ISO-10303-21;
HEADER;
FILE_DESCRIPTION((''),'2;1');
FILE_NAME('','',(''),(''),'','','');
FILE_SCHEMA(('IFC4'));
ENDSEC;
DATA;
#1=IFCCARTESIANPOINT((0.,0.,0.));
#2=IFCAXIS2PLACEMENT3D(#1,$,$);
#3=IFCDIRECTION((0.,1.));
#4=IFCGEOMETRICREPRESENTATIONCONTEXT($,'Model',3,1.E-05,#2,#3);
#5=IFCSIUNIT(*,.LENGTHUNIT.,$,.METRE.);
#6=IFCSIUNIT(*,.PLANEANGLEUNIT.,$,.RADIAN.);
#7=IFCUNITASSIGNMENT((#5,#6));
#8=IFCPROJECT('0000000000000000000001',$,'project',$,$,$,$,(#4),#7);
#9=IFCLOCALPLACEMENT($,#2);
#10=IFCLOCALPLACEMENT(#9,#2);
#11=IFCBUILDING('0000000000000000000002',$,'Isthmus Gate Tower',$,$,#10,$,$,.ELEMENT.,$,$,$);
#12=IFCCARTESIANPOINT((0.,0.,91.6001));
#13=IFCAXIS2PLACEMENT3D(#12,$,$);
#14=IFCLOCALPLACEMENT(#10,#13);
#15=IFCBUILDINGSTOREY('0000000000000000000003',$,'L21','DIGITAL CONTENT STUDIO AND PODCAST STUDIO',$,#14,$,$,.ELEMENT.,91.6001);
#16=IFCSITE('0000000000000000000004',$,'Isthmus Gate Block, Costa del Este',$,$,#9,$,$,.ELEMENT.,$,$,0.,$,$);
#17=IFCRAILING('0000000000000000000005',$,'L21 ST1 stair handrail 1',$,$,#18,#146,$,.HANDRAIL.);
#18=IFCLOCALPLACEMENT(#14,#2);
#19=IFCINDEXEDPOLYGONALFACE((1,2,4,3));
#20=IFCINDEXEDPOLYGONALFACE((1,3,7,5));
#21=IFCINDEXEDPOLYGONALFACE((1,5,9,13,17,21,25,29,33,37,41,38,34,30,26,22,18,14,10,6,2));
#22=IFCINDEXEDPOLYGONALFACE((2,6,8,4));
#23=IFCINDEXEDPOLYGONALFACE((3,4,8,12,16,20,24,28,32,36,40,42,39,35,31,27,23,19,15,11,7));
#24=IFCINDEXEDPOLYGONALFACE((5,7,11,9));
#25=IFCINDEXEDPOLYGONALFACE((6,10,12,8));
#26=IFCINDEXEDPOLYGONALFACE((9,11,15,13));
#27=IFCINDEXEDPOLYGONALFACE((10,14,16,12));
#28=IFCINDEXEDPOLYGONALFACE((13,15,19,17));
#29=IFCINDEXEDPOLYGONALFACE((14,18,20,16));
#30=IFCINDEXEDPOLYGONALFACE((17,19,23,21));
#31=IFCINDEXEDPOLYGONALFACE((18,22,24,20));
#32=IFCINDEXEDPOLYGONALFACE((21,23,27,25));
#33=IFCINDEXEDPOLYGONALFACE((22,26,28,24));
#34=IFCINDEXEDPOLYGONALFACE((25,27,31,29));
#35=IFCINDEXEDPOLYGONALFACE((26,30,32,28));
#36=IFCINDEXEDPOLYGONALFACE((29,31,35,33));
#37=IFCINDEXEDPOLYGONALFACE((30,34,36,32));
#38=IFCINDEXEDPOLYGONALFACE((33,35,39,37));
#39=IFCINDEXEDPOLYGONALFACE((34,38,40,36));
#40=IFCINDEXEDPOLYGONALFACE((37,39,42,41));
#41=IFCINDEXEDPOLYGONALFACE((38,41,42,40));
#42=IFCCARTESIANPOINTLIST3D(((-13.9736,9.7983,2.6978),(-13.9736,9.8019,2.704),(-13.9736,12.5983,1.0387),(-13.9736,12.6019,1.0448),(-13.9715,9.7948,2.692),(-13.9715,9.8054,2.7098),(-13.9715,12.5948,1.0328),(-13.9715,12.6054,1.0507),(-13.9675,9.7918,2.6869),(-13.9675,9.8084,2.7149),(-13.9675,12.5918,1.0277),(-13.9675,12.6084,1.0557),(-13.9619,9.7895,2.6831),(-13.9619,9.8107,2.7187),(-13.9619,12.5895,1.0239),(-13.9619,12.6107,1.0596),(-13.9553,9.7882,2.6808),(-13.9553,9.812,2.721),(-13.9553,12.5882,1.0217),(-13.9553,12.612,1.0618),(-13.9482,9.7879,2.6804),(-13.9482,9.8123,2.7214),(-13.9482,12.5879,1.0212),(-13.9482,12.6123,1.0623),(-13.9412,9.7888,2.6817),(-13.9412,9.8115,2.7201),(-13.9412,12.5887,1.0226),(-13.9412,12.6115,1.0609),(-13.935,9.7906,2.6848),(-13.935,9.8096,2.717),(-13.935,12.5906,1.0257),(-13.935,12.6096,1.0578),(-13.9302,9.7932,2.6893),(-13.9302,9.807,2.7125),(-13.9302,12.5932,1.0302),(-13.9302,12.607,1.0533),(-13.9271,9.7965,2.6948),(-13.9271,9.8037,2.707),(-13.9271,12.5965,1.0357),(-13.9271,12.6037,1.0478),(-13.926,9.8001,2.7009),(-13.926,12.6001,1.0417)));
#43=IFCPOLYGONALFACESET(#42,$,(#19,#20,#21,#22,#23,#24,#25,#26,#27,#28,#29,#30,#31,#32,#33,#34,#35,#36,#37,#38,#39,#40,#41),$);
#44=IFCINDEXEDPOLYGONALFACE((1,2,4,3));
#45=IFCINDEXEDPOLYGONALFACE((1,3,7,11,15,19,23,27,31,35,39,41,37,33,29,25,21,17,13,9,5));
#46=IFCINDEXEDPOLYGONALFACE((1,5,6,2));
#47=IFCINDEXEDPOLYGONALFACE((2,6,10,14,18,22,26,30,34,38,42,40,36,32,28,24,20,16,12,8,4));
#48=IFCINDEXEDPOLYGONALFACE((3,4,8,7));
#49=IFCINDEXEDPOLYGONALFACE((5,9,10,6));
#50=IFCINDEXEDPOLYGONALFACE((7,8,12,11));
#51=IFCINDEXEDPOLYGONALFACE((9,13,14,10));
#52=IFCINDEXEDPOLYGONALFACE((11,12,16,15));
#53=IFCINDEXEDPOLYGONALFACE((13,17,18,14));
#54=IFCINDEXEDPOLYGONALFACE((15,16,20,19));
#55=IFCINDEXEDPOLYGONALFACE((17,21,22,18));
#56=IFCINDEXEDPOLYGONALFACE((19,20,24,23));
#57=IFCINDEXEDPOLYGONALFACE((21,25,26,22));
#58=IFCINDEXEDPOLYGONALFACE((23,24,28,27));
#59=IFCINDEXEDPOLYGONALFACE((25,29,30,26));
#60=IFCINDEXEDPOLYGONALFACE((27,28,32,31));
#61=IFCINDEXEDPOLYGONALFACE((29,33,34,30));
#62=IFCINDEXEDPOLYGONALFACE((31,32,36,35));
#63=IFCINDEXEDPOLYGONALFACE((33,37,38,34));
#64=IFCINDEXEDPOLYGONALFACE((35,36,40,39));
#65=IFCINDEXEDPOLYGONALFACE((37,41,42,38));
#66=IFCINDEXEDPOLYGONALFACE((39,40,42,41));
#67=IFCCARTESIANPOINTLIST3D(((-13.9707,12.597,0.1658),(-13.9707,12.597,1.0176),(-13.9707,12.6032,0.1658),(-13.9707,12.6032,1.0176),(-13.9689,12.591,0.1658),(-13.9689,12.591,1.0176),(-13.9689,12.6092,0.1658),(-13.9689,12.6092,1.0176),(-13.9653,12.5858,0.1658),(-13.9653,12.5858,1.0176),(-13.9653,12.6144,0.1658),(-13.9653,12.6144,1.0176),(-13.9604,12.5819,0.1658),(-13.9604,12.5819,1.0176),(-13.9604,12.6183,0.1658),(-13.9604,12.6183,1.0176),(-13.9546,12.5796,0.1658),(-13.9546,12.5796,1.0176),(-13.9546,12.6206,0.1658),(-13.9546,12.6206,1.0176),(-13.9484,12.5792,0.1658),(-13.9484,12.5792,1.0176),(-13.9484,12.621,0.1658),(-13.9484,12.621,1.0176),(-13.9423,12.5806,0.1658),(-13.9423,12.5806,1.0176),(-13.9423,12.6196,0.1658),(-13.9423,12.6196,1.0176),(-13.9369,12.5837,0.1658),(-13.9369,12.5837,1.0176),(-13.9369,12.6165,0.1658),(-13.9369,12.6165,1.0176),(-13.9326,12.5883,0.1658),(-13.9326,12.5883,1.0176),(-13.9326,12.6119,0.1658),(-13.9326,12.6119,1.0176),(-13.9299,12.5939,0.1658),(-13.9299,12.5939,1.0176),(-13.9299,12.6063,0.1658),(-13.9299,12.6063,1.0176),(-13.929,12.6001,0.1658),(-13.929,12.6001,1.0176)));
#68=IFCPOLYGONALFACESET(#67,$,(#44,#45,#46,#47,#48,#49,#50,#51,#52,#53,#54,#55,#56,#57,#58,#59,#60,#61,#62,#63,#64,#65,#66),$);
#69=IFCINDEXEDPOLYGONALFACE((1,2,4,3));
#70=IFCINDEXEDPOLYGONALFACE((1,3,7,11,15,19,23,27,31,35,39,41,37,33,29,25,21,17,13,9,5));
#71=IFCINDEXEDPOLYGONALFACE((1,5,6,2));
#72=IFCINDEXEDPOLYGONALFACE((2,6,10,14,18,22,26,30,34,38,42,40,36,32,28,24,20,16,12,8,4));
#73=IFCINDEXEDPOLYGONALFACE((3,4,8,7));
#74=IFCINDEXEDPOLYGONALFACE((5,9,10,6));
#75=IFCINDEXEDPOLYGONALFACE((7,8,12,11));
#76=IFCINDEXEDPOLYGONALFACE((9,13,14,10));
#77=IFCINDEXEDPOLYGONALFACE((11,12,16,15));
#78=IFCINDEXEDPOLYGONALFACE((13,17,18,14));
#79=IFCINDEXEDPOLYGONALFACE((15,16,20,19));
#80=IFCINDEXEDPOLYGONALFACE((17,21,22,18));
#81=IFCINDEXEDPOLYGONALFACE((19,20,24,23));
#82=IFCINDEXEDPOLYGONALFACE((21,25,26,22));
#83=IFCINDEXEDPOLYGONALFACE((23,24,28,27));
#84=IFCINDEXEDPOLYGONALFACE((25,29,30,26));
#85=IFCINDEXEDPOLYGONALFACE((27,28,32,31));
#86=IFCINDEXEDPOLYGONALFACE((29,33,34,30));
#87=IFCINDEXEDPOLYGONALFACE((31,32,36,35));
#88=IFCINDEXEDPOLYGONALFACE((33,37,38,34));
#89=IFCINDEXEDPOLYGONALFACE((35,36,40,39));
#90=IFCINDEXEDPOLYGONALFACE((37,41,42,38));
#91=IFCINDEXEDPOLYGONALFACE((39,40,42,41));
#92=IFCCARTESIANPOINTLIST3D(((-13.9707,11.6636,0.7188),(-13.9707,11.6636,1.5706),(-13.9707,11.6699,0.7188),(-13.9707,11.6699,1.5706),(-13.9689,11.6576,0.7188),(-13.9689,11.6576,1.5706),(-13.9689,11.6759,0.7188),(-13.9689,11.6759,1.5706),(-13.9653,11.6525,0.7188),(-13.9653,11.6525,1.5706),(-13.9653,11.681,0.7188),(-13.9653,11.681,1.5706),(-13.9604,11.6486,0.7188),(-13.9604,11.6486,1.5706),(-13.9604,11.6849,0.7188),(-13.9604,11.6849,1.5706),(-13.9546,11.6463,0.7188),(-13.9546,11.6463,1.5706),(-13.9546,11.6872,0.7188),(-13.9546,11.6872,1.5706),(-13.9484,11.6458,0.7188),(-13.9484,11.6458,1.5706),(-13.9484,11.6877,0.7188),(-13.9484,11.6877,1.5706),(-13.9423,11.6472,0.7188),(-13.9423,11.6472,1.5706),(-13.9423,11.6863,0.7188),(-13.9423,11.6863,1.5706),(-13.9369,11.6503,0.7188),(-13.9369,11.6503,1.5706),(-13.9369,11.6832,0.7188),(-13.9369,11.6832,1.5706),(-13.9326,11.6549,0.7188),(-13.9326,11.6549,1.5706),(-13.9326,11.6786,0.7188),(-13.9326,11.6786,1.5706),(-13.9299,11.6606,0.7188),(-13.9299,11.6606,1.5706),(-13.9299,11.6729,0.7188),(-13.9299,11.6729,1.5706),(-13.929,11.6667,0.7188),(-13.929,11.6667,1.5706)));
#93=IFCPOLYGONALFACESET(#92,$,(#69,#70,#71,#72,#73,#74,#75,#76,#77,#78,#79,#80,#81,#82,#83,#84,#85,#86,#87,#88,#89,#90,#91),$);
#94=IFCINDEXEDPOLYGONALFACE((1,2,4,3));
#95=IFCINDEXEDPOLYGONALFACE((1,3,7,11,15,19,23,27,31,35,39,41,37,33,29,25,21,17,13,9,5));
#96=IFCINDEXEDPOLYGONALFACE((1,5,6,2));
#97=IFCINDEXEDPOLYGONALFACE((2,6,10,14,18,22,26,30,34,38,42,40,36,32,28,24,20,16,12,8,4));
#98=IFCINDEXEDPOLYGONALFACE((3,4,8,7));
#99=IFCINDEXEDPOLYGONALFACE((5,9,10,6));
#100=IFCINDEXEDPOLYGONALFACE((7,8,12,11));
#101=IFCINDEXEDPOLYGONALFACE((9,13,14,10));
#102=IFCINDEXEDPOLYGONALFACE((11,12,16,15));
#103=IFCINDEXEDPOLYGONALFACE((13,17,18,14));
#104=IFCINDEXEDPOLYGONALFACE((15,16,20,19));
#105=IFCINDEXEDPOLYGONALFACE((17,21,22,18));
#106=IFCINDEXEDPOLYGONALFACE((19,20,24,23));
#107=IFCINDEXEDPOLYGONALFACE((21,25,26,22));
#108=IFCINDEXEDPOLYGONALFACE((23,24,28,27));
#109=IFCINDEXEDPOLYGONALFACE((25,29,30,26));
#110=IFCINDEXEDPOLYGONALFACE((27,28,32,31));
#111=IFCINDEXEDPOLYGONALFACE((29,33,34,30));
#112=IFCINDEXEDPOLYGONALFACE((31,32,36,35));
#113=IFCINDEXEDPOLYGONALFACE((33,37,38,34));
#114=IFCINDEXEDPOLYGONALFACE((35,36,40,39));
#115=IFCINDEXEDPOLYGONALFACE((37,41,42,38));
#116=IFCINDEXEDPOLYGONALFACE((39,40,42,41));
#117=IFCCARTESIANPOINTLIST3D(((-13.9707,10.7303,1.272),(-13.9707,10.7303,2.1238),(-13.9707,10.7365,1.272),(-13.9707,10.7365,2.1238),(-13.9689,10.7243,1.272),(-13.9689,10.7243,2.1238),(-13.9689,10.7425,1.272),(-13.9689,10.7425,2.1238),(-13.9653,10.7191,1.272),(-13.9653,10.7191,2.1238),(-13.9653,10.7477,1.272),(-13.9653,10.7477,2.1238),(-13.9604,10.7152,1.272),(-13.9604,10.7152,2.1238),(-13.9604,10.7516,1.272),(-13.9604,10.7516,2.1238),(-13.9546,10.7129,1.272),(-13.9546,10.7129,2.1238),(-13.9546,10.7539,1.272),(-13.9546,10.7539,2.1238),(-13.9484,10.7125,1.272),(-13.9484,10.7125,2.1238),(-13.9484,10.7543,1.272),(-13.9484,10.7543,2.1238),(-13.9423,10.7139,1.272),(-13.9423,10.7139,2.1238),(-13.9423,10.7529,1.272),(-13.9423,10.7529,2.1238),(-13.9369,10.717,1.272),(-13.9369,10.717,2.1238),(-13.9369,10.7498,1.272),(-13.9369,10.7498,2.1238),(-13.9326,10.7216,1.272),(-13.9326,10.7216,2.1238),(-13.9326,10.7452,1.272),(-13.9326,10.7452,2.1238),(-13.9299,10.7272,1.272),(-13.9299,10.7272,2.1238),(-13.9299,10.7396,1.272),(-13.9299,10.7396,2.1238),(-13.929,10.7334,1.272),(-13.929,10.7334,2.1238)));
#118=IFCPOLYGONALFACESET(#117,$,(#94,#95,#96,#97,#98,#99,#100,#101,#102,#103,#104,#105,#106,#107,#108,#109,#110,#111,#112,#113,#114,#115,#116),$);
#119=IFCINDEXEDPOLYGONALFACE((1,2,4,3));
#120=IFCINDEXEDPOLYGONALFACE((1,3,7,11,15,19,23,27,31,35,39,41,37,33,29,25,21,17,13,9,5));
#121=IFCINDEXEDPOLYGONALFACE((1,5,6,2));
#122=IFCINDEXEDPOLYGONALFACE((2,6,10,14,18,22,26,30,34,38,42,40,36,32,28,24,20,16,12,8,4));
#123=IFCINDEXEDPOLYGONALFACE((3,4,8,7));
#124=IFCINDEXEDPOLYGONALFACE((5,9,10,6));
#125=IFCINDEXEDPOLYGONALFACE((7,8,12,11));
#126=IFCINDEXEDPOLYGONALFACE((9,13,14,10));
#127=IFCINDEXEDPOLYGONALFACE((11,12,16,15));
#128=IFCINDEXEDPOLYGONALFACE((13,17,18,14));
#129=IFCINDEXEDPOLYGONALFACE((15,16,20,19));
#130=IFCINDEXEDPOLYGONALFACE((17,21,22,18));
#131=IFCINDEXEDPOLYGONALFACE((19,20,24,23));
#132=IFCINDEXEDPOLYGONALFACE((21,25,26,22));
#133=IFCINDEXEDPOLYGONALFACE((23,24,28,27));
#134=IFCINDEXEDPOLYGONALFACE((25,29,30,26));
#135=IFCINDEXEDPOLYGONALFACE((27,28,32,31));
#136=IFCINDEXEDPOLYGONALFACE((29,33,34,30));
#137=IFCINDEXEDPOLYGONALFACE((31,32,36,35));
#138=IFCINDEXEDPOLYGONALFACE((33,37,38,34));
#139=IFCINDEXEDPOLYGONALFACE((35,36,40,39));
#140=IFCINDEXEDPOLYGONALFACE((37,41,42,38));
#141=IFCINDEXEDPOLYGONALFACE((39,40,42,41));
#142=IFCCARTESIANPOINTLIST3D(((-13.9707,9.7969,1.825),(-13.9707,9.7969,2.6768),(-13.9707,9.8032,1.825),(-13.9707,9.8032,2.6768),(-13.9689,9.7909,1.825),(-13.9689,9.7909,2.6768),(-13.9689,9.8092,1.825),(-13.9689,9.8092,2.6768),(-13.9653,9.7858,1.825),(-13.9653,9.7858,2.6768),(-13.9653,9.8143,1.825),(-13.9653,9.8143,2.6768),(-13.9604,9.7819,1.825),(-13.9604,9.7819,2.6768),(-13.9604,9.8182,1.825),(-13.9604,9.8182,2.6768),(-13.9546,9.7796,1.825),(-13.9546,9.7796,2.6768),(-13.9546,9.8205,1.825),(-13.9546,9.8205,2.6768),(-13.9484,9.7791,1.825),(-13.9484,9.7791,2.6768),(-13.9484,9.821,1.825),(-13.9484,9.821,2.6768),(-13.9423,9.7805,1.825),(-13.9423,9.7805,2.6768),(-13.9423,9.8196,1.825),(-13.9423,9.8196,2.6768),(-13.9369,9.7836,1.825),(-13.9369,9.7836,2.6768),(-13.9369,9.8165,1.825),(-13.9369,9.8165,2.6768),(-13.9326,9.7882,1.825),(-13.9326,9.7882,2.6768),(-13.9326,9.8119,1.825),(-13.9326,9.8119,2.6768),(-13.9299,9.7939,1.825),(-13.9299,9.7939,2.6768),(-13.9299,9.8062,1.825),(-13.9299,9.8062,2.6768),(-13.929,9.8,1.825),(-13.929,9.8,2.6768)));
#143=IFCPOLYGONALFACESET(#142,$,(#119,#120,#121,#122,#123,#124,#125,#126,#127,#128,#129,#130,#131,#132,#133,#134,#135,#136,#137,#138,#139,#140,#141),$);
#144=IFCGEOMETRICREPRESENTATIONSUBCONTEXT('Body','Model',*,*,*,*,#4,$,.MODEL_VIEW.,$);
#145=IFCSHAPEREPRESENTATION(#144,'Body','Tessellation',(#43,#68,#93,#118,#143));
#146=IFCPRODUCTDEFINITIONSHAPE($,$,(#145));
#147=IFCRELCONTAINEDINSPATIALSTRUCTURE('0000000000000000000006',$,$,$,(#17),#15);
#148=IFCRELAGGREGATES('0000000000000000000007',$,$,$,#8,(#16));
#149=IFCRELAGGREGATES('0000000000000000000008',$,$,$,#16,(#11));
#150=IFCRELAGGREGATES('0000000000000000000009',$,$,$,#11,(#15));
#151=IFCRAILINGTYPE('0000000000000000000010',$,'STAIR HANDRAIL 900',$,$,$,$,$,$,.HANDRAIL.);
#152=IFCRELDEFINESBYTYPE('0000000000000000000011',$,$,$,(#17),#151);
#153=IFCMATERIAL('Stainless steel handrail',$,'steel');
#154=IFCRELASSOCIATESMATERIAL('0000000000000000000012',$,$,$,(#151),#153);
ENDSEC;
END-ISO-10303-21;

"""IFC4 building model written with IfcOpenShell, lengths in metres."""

from ifc_helpers import new_model, si_unit, direction, frame, origin, origin_2d, place, context, subcontext, project, spatial, circle, extrude, material, type_object, element, save


model = new_model("IFC4")

# Units and contexts
model_context = context("Model", 3, precision=1e-05, world=origin(), true_north=direction((0.0, 1.0)))
body_context = subcontext(model_context, "Body", "Model", "MODEL_VIEW")
ifc_project = project(units=[si_unit("LENGTHUNIT", "METRE"), si_unit("PLANEANGLEUNIT", "RADIAN")], contexts=[model_context])

# Site, building, storey
site_placement = place(None, origin())
site = spatial("IfcSite", under=ifc_project, at=site_placement, Name="Isthmus Gate Block, Costa del Este", CompositionType="ELEMENT", RefElevation=0.0)
building_placement = place(site_placement, origin())
building = spatial("IfcBuilding", under=site, at=building_placement, Name="Isthmus Gate Tower", CompositionType="ELEMENT")
storey_placement = place(building_placement, frame((0.0, 0.0, 91.6001)))
storey = spatial("IfcBuildingStorey", under=building, at=storey_placement, Name="L21", Description="DIGITAL CONTENT STUDIO AND PODCAST STUDIO", CompositionType="ELEMENT", Elevation=91.6001)

# Railing
ifc_material_1 = material(Name="Stainless steel handrail", Category="steel")
railing_type_1 = type_object("IfcRailingType", Name="STAIR HANDRAIL 900", PredefinedType="HANDRAIL", material=ifc_material_1)
railing_1_placement = place(storey_placement, frame((-13.95, 12.6001, 0.1658)))
element("IfcRailing", 1, at=railing_1_placement, inside=storey, type_object=railing_type_1, Name="L21 ST1 stair handrail 1", PredefinedType="HANDRAIL", context=body_context, shape_type="SweptSolid", body=[
    extrude(circle(Radius=0.0239, at=origin_2d()), frame((0.0, 0.0, 0.876), z_axis=(0.0, -0.860306, 0.509778), x_axis=(1.0, 0.0, 0.0)), (0.0, 0.0, 1.0), 3.2546),
    extrude(circle(Radius=0.021, at=origin_2d()), origin(), (0.0, 0.0, 1.0), 0.8518),
    extrude(circle(Radius=0.021, at=origin_2d()), frame((0.0, -0.9333, 0.553)), (0.0, 0.0, 1.0), 0.8518),
    extrude(circle(Radius=0.021, at=origin_2d()), frame((0.0, -1.8667, 1.1062)), (0.0, 0.0, 1.0), 0.8518),
    extrude(circle(Radius=0.021, at=origin_2d()), frame((0.0, -2.8, 1.6592)), (0.0, 0.0, 1.0), 0.8518),
])

save(model, "model.ifc")
